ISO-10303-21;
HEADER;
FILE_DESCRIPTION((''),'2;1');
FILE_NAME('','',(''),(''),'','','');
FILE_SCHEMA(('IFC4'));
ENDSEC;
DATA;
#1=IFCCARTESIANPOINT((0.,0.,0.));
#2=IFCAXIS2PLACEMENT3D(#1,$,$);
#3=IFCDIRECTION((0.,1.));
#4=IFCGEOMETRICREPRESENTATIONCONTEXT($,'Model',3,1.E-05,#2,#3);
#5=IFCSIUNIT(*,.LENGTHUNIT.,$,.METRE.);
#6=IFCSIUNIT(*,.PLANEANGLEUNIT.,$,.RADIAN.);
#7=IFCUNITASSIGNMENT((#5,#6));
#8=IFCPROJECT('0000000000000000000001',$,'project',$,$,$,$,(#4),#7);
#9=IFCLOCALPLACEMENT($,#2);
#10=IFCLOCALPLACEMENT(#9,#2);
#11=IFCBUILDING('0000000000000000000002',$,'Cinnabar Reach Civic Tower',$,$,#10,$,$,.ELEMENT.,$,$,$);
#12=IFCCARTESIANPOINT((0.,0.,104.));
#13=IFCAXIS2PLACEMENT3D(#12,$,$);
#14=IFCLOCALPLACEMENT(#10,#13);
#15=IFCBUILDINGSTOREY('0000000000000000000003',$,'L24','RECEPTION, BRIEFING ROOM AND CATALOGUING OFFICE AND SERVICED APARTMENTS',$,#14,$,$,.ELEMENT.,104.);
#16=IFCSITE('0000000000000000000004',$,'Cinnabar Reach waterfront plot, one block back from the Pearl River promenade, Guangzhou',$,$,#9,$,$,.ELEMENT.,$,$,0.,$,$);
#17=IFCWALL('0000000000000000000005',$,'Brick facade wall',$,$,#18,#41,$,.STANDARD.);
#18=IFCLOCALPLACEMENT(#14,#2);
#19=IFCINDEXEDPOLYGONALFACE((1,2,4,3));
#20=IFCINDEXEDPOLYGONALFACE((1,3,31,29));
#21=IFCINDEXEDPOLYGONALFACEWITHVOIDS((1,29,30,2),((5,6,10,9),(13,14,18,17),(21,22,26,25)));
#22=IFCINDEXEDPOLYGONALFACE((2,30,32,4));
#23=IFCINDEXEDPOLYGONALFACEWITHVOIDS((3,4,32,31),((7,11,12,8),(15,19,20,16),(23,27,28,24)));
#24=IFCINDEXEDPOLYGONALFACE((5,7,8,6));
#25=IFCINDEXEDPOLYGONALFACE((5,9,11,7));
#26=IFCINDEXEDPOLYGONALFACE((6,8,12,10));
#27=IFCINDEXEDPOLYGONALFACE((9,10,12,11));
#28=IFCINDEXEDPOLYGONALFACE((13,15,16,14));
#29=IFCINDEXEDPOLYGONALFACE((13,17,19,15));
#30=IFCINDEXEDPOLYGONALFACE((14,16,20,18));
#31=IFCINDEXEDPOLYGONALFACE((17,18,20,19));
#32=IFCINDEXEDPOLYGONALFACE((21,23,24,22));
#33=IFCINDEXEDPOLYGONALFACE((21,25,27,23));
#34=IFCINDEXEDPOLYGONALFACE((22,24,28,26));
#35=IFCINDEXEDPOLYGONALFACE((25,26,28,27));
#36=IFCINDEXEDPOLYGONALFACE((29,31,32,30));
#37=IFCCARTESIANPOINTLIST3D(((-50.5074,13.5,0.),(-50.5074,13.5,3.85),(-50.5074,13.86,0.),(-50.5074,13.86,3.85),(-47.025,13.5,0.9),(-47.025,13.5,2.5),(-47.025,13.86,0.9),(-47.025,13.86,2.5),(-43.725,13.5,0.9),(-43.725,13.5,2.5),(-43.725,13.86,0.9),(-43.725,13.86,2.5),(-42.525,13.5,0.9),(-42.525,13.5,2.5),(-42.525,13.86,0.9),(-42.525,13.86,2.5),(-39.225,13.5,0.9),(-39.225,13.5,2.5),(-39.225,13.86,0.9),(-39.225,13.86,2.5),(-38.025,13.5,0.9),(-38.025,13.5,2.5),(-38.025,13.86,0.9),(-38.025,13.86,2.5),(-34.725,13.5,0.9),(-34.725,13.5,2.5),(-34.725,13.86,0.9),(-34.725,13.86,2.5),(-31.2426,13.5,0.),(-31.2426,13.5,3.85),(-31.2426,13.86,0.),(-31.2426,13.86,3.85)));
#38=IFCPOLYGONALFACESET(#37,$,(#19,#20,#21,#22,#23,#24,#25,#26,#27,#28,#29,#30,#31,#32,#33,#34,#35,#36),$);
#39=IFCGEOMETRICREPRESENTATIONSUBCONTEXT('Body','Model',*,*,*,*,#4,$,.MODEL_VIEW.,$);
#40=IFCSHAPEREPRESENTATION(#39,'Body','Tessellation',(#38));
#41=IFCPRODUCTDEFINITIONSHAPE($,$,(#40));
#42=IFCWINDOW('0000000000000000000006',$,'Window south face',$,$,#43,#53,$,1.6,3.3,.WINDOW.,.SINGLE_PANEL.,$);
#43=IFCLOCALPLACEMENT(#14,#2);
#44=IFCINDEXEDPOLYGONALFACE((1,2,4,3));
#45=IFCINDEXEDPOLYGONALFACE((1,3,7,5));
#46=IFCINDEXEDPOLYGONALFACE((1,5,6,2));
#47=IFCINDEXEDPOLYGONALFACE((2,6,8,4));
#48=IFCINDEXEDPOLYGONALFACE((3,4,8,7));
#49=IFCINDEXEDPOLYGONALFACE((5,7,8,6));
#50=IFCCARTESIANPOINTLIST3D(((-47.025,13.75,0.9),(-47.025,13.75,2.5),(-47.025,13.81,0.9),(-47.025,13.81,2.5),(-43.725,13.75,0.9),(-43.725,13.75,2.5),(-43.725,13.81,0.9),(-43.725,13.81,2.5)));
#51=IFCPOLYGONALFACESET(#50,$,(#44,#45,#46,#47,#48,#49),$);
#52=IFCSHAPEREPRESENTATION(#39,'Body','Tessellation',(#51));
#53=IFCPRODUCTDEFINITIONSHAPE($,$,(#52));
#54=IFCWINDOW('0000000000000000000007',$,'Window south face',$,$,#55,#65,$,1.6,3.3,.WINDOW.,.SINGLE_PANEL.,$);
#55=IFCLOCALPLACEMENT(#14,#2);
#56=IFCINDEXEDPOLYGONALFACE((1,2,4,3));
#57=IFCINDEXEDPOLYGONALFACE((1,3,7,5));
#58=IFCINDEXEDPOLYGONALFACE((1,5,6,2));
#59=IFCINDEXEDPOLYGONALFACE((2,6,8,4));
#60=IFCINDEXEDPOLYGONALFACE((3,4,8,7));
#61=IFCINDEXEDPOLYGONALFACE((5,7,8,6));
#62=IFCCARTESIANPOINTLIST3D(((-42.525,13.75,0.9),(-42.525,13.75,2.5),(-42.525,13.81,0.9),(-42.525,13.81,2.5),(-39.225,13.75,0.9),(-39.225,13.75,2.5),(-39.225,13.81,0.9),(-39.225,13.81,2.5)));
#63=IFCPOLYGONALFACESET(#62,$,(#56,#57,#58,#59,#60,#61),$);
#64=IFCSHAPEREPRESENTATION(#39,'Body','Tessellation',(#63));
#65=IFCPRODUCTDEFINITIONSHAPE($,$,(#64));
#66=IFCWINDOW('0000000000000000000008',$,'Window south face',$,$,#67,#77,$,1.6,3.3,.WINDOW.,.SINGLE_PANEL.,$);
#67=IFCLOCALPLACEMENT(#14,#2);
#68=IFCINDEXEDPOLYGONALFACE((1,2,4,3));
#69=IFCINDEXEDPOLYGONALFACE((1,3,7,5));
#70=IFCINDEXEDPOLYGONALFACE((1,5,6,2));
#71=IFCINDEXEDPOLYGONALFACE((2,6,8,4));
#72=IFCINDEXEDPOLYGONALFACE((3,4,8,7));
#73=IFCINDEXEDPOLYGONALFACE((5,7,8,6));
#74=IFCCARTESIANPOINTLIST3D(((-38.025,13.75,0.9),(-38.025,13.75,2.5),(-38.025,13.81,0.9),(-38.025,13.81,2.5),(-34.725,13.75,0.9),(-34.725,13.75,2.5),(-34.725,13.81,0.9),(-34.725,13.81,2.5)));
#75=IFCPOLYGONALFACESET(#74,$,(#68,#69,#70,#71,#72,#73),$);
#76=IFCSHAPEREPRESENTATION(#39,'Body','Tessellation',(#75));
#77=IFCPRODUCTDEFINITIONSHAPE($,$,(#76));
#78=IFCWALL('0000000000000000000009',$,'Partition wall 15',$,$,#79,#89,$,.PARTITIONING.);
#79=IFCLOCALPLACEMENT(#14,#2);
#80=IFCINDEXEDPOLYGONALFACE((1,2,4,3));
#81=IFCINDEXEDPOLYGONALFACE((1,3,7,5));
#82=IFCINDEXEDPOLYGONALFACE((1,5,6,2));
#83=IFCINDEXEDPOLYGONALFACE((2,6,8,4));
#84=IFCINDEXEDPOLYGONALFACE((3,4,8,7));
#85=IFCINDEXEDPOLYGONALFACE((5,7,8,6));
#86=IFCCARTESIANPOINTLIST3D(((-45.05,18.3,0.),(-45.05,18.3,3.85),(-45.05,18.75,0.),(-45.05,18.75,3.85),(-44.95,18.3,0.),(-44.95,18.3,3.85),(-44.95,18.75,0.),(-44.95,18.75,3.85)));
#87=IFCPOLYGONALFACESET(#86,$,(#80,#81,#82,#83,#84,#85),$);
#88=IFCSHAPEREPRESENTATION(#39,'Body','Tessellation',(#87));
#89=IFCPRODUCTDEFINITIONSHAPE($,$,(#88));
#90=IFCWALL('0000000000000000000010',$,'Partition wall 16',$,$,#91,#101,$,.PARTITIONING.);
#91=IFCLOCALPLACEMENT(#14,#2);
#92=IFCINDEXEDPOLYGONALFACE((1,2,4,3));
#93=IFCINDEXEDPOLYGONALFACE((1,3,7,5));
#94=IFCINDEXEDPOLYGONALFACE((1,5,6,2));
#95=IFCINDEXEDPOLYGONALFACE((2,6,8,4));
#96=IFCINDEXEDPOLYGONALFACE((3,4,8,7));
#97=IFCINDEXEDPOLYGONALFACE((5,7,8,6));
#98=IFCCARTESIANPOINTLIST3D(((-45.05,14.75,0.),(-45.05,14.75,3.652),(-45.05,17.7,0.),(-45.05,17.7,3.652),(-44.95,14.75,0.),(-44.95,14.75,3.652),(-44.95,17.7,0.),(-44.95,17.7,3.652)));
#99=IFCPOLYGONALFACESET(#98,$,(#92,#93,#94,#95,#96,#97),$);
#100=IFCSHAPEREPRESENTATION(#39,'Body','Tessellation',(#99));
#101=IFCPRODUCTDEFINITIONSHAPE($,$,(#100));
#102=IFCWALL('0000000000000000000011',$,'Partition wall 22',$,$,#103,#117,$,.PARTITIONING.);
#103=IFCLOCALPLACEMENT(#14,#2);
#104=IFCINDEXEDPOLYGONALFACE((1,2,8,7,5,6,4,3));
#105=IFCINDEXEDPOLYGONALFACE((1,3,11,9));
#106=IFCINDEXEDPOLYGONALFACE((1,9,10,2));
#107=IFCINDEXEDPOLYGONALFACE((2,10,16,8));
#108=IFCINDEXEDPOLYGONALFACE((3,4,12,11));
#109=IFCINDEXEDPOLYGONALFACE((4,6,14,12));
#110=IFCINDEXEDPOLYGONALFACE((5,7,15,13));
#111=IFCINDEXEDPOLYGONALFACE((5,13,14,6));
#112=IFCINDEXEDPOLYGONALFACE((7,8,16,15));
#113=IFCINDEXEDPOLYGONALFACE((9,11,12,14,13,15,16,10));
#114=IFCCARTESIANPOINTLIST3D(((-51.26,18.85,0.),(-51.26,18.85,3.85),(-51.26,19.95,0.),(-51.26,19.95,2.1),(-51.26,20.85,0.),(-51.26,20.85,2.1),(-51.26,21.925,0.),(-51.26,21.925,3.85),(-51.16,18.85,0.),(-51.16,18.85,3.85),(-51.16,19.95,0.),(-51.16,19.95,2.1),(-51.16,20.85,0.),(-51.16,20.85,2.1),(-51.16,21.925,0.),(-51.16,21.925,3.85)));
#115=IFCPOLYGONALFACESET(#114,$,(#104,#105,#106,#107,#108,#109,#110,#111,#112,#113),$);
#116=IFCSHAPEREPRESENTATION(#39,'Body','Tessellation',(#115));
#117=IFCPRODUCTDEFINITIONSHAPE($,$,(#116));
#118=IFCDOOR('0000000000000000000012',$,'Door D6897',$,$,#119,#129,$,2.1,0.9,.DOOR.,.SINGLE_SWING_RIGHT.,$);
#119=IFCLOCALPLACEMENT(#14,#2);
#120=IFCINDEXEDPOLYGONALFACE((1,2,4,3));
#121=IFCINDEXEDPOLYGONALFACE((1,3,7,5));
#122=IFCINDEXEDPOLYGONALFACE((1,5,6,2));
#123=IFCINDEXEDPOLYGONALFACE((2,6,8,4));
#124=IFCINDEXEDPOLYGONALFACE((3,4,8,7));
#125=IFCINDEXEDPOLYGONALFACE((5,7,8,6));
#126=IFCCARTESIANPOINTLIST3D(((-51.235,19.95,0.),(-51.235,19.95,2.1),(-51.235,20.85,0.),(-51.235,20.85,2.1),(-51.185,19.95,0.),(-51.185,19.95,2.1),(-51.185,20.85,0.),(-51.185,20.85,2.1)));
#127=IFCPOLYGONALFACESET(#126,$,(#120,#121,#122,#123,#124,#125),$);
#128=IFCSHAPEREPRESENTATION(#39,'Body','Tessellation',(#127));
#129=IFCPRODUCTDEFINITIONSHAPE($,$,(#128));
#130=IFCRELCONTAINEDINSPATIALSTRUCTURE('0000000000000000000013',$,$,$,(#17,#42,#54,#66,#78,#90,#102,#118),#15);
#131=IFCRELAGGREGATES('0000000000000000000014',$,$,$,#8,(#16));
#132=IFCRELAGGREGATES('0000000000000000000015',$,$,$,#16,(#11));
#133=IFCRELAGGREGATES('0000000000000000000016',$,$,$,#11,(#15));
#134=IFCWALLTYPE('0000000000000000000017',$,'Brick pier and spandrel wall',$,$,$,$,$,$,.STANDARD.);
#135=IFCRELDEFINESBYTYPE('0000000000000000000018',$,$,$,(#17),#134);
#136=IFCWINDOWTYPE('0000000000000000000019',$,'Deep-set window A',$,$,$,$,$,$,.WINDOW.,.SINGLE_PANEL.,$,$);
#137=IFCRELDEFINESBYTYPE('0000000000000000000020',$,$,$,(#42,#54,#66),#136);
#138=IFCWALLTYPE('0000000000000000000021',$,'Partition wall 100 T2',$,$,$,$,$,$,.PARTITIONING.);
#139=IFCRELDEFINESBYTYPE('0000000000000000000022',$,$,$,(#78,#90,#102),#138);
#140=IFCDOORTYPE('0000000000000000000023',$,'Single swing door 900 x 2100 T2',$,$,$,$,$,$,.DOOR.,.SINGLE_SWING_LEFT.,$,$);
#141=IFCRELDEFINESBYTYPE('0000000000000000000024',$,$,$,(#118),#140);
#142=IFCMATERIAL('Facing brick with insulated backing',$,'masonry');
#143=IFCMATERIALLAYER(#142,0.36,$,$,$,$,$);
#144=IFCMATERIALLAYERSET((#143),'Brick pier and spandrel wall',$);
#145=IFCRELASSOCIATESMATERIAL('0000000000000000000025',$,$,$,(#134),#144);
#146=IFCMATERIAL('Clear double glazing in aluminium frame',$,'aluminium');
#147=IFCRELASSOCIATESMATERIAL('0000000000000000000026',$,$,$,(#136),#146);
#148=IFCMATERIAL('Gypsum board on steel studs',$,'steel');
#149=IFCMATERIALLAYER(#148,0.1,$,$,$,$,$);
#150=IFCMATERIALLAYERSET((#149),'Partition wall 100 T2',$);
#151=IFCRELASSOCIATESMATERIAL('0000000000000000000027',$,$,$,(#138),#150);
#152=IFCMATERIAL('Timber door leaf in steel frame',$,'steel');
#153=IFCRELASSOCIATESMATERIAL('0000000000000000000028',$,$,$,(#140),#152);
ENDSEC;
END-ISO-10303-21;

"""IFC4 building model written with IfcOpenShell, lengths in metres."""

from ifc_helpers import new_model, si_unit, direction, frame, frame_2d, origin, place, context, subcontext, project, spatial, rectangle, extrude, material, layer, layer_set, type_object, element, fill, save


model = new_model("IFC4")

# Units and contexts
model_context = context("Model", 3, precision=1e-05, world=origin(), true_north=direction((0.0, 1.0)))
body_context = subcontext(model_context, "Body", "Model", "MODEL_VIEW")
ifc_project = project(units=[si_unit("LENGTHUNIT", "METRE"), si_unit("PLANEANGLEUNIT", "RADIAN")], contexts=[model_context])

# Site, building, storey
site_placement = place(None, origin())
site = spatial("IfcSite", under=ifc_project, at=site_placement, Name="Cinnabar Reach waterfront plot, one block back from the Pearl River promenade, Guangzhou", CompositionType="ELEMENT", RefElevation=0.0)
building_placement = place(site_placement, origin())
building = spatial("IfcBuilding", under=site, at=building_placement, Name="Cinnabar Reach Civic Tower", CompositionType="ELEMENT")
storey_placement = place(building_placement, frame((0.0, 0.0, 104.0)))
storey = spatial("IfcBuildingStorey", under=building, at=storey_placement, Name="L24", Description="RECEPTION, BRIEFING ROOM AND CATALOGUING OFFICE AND SERVICED APARTMENTS", CompositionType="ELEMENT", Elevation=104.0)

# Shared definitions
ifc_material_1 = material(Name="Facing brick with insulated backing", Category="masonry")

# Wall, openings, windows
ifc_layer_1 = layer(ifc_material_1, 0.36)
ifc_layer_set_1 = layer_set([ifc_layer_1], Name="Brick pier and spandrel wall")
wall_type_1 = type_object("IfcWallType", Name="Brick pier and spandrel wall", PredefinedType="STANDARD", material=ifc_layer_set_1)
wall_1_placement = place(storey_placement, frame((-50.5074, 13.68, 0.0), z_axis=(0.0, 0.0, 1.0), x_axis=(1.0, 0.0, 0.0)))
wall_1 = element("IfcWall", 1, at=wall_1_placement, inside=storey, type_object=wall_type_1, Name="Brick facade wall", PredefinedType="STANDARD", context=body_context, shape_type="SweptSolid", body=[
    extrude(rectangle(XDim=19.2648, YDim=0.36, at=frame_2d((9.6324, 0.0))), origin(), (0.0, 0.0, 1.0), 3.85),
])
opening_1_placement = place(wall_1_placement, frame((3.4824, 0.0, 0.9)))
opening_1 = element("IfcOpeningElement", 2, at=opening_1_placement, cuts=wall_1, PredefinedType="OPENING", context=body_context, shape_type="SweptSolid", body=[
    extrude(rectangle(XDim=3.3, YDim=1.6, at=frame_2d((1.65, 0.8))), frame((0.0, 0.19, 0.0), z_axis=(0.0, -1.0, 0.0), x_axis=(1.0, 0.0, 0.0)), (0.0, 0.0, 1.0), 0.38),
])
opening_2_placement = place(wall_1_placement, frame((7.9824, 0.0, 0.9)))
opening_2 = element("IfcOpeningElement", 3, at=opening_2_placement, cuts=wall_1, PredefinedType="OPENING", context=body_context, shape_type="SweptSolid", body=[
    extrude(rectangle(XDim=3.3, YDim=1.6, at=frame_2d((1.65, 0.8))), frame((0.0, 0.19, 0.0), z_axis=(0.0, -1.0, 0.0), x_axis=(1.0, 0.0, 0.0)), (0.0, 0.0, 1.0), 0.38),
])
opening_3_placement = place(wall_1_placement, frame((12.4824, 0.0, 0.9)))
opening_3 = element("IfcOpeningElement", 4, at=opening_3_placement, cuts=wall_1, PredefinedType="OPENING", context=body_context, shape_type="SweptSolid", body=[
    extrude(rectangle(XDim=3.3, YDim=1.6, at=frame_2d((1.65, 0.8))), frame((0.0, 0.19, 0.0), z_axis=(0.0, -1.0, 0.0), x_axis=(1.0, 0.0, 0.0)), (0.0, 0.0, 1.0), 0.38),
])
ifc_material_2 = material(Name="Clear double glazing in aluminium frame", Category="aluminium")
window_type = type_object("IfcWindowType", Name="Deep-set window A", PartitioningType="SINGLE_PANEL", PredefinedType="WINDOW", material=ifc_material_2)
window_1_placement = place(opening_1_placement, origin())
window_1 = element("IfcWindow", 5, at=window_1_placement, inside=storey, type_object=window_type, Name="Window south face", OverallHeight=1.6, OverallWidth=3.3, PartitioningType="SINGLE_PANEL", PredefinedType="WINDOW", context=body_context, shape_type="SweptSolid", body=[
    extrude(rectangle(XDim=3.3, YDim=1.6, at=frame_2d((1.65, 0.8))), frame((0.0, 0.13, 0.0), z_axis=(0.0, -1.0, 0.0), x_axis=(1.0, 0.0, 0.0)), (0.0, 0.0, 1.0), 0.06),
])
fill(opening_1, window_1)
window_2_placement = place(opening_2_placement, origin())
window_2 = element("IfcWindow", 6, at=window_2_placement, inside=storey, type_object=window_type, Name="Window south face", OverallHeight=1.6, OverallWidth=3.3, PartitioningType="SINGLE_PANEL", PredefinedType="WINDOW", context=body_context, shape_type="SweptSolid", body=[
    extrude(rectangle(XDim=3.3, YDim=1.6, at=frame_2d((1.65, 0.8))), frame((0.0, 0.13, 0.0), z_axis=(0.0, -1.0, 0.0), x_axis=(1.0, 0.0, 0.0)), (0.0, 0.0, 1.0), 0.06),
])
fill(opening_2, window_2)
window_3_placement = place(opening_3_placement, origin())
window_3 = element("IfcWindow", 7, at=window_3_placement, inside=storey, type_object=window_type, Name="Window south face", OverallHeight=1.6, OverallWidth=3.3, PartitioningType="SINGLE_PANEL", PredefinedType="WINDOW", context=body_context, shape_type="SweptSolid", body=[
    extrude(rectangle(XDim=3.3, YDim=1.6, at=frame_2d((1.65, 0.8))), frame((0.0, 0.13, 0.0), z_axis=(0.0, -1.0, 0.0), x_axis=(1.0, 0.0, 0.0)), (0.0, 0.0, 1.0), 0.06),
])
fill(opening_3, window_3)

# Walls
ifc_material_3 = material(Name="Gypsum board on steel studs", Category="steel")
ifc_layer_2 = layer(ifc_material_3, 0.1)
ifc_layer_set_2 = layer_set([ifc_layer_2], Name="Partition wall 100 T2")
wall_type_2 = type_object("IfcWallType", Name="Partition wall 100 T2", PredefinedType="PARTITIONING", material=ifc_layer_set_2)
wall_2_placement = place(storey_placement, frame((-45.0, 18.3, 0.0), z_axis=(0.0, 0.0, 1.0), x_axis=(0.0, 1.0, 0.0)))
element("IfcWall", 8, at=wall_2_placement, inside=storey, type_object=wall_type_2, Name="Partition wall 15", PredefinedType="PARTITIONING", context=body_context, shape_type="SweptSolid", body=[
    extrude(rectangle(XDim=0.45, YDim=0.1, at=frame_2d((0.225, 0.0))), origin(), (0.0, 0.0, 1.0), 3.85),
])
wall_3_placement = place(storey_placement, frame((-45.0, 14.75, 0.0), z_axis=(0.0, 0.0, 1.0), x_axis=(0.0, 1.0, 0.0)))
element("IfcWall", 9, at=wall_3_placement, inside=storey, type_object=wall_type_2, Name="Partition wall 16", PredefinedType="PARTITIONING", context=body_context, shape_type="SweptSolid", body=[
    extrude(rectangle(XDim=2.95, YDim=0.1, at=frame_2d((1.475, 0.0))), origin(), (0.0, 0.0, 1.0), 3.652),
])

# Wall, opening, door
wall_4_placement = place(storey_placement, frame((-51.21, 18.85, 0.0), z_axis=(0.0, 0.0, 1.0), x_axis=(0.0, 1.0, 0.0)))
wall_4 = element("IfcWall", 10, at=wall_4_placement, inside=storey, type_object=wall_type_2, Name="Partition wall 22", PredefinedType="PARTITIONING", context=body_context, shape_type="SweptSolid", body=[
    extrude(rectangle(XDim=3.075, YDim=0.1, at=frame_2d((1.5375, 0.0))), origin(), (0.0, 0.0, 1.0), 3.85),
])
opening_4_placement = place(wall_4_placement, frame((1.1, 0.0, 0.0)))
opening_4 = element("IfcOpeningElement", 11, at=opening_4_placement, cuts=wall_4, PredefinedType="OPENING", context=body_context, shape_type="SweptSolid", body=[
    extrude(rectangle(XDim=0.9, YDim=2.1, at=frame_2d((0.45, 1.05))), frame((0.0, 0.06, 0.0), z_axis=(0.0, -1.0, 0.0), x_axis=(1.0, 0.0, 0.0)), (0.0, 0.0, 1.0), 0.12),
])
ifc_material_4 = material(Name="Timber door leaf in steel frame", Category="steel")
door_type = type_object("IfcDoorType", Name="Single swing door 900 x 2100 T2", OperationType="SINGLE_SWING_LEFT", PredefinedType="DOOR", material=ifc_material_4)
door_placement = place(opening_4_placement, origin())
door = element("IfcDoor", 12, at=door_placement, inside=storey, type_object=door_type, Name="Door D6897", OperationType="SINGLE_SWING_RIGHT", OverallHeight=2.1, OverallWidth=0.9, PredefinedType="DOOR", context=body_context, shape_type="SweptSolid", body=[
    extrude(rectangle(XDim=0.9, YDim=2.1, at=frame_2d((0.45, 1.05))), frame((0.0, 0.025, 0.0), z_axis=(0.0, -1.0, 0.0), x_axis=(1.0, 0.0, 0.0)), (0.0, 0.0, 1.0), 0.05),
])
fill(opening_4, door)

save(model, "model.ifc")
